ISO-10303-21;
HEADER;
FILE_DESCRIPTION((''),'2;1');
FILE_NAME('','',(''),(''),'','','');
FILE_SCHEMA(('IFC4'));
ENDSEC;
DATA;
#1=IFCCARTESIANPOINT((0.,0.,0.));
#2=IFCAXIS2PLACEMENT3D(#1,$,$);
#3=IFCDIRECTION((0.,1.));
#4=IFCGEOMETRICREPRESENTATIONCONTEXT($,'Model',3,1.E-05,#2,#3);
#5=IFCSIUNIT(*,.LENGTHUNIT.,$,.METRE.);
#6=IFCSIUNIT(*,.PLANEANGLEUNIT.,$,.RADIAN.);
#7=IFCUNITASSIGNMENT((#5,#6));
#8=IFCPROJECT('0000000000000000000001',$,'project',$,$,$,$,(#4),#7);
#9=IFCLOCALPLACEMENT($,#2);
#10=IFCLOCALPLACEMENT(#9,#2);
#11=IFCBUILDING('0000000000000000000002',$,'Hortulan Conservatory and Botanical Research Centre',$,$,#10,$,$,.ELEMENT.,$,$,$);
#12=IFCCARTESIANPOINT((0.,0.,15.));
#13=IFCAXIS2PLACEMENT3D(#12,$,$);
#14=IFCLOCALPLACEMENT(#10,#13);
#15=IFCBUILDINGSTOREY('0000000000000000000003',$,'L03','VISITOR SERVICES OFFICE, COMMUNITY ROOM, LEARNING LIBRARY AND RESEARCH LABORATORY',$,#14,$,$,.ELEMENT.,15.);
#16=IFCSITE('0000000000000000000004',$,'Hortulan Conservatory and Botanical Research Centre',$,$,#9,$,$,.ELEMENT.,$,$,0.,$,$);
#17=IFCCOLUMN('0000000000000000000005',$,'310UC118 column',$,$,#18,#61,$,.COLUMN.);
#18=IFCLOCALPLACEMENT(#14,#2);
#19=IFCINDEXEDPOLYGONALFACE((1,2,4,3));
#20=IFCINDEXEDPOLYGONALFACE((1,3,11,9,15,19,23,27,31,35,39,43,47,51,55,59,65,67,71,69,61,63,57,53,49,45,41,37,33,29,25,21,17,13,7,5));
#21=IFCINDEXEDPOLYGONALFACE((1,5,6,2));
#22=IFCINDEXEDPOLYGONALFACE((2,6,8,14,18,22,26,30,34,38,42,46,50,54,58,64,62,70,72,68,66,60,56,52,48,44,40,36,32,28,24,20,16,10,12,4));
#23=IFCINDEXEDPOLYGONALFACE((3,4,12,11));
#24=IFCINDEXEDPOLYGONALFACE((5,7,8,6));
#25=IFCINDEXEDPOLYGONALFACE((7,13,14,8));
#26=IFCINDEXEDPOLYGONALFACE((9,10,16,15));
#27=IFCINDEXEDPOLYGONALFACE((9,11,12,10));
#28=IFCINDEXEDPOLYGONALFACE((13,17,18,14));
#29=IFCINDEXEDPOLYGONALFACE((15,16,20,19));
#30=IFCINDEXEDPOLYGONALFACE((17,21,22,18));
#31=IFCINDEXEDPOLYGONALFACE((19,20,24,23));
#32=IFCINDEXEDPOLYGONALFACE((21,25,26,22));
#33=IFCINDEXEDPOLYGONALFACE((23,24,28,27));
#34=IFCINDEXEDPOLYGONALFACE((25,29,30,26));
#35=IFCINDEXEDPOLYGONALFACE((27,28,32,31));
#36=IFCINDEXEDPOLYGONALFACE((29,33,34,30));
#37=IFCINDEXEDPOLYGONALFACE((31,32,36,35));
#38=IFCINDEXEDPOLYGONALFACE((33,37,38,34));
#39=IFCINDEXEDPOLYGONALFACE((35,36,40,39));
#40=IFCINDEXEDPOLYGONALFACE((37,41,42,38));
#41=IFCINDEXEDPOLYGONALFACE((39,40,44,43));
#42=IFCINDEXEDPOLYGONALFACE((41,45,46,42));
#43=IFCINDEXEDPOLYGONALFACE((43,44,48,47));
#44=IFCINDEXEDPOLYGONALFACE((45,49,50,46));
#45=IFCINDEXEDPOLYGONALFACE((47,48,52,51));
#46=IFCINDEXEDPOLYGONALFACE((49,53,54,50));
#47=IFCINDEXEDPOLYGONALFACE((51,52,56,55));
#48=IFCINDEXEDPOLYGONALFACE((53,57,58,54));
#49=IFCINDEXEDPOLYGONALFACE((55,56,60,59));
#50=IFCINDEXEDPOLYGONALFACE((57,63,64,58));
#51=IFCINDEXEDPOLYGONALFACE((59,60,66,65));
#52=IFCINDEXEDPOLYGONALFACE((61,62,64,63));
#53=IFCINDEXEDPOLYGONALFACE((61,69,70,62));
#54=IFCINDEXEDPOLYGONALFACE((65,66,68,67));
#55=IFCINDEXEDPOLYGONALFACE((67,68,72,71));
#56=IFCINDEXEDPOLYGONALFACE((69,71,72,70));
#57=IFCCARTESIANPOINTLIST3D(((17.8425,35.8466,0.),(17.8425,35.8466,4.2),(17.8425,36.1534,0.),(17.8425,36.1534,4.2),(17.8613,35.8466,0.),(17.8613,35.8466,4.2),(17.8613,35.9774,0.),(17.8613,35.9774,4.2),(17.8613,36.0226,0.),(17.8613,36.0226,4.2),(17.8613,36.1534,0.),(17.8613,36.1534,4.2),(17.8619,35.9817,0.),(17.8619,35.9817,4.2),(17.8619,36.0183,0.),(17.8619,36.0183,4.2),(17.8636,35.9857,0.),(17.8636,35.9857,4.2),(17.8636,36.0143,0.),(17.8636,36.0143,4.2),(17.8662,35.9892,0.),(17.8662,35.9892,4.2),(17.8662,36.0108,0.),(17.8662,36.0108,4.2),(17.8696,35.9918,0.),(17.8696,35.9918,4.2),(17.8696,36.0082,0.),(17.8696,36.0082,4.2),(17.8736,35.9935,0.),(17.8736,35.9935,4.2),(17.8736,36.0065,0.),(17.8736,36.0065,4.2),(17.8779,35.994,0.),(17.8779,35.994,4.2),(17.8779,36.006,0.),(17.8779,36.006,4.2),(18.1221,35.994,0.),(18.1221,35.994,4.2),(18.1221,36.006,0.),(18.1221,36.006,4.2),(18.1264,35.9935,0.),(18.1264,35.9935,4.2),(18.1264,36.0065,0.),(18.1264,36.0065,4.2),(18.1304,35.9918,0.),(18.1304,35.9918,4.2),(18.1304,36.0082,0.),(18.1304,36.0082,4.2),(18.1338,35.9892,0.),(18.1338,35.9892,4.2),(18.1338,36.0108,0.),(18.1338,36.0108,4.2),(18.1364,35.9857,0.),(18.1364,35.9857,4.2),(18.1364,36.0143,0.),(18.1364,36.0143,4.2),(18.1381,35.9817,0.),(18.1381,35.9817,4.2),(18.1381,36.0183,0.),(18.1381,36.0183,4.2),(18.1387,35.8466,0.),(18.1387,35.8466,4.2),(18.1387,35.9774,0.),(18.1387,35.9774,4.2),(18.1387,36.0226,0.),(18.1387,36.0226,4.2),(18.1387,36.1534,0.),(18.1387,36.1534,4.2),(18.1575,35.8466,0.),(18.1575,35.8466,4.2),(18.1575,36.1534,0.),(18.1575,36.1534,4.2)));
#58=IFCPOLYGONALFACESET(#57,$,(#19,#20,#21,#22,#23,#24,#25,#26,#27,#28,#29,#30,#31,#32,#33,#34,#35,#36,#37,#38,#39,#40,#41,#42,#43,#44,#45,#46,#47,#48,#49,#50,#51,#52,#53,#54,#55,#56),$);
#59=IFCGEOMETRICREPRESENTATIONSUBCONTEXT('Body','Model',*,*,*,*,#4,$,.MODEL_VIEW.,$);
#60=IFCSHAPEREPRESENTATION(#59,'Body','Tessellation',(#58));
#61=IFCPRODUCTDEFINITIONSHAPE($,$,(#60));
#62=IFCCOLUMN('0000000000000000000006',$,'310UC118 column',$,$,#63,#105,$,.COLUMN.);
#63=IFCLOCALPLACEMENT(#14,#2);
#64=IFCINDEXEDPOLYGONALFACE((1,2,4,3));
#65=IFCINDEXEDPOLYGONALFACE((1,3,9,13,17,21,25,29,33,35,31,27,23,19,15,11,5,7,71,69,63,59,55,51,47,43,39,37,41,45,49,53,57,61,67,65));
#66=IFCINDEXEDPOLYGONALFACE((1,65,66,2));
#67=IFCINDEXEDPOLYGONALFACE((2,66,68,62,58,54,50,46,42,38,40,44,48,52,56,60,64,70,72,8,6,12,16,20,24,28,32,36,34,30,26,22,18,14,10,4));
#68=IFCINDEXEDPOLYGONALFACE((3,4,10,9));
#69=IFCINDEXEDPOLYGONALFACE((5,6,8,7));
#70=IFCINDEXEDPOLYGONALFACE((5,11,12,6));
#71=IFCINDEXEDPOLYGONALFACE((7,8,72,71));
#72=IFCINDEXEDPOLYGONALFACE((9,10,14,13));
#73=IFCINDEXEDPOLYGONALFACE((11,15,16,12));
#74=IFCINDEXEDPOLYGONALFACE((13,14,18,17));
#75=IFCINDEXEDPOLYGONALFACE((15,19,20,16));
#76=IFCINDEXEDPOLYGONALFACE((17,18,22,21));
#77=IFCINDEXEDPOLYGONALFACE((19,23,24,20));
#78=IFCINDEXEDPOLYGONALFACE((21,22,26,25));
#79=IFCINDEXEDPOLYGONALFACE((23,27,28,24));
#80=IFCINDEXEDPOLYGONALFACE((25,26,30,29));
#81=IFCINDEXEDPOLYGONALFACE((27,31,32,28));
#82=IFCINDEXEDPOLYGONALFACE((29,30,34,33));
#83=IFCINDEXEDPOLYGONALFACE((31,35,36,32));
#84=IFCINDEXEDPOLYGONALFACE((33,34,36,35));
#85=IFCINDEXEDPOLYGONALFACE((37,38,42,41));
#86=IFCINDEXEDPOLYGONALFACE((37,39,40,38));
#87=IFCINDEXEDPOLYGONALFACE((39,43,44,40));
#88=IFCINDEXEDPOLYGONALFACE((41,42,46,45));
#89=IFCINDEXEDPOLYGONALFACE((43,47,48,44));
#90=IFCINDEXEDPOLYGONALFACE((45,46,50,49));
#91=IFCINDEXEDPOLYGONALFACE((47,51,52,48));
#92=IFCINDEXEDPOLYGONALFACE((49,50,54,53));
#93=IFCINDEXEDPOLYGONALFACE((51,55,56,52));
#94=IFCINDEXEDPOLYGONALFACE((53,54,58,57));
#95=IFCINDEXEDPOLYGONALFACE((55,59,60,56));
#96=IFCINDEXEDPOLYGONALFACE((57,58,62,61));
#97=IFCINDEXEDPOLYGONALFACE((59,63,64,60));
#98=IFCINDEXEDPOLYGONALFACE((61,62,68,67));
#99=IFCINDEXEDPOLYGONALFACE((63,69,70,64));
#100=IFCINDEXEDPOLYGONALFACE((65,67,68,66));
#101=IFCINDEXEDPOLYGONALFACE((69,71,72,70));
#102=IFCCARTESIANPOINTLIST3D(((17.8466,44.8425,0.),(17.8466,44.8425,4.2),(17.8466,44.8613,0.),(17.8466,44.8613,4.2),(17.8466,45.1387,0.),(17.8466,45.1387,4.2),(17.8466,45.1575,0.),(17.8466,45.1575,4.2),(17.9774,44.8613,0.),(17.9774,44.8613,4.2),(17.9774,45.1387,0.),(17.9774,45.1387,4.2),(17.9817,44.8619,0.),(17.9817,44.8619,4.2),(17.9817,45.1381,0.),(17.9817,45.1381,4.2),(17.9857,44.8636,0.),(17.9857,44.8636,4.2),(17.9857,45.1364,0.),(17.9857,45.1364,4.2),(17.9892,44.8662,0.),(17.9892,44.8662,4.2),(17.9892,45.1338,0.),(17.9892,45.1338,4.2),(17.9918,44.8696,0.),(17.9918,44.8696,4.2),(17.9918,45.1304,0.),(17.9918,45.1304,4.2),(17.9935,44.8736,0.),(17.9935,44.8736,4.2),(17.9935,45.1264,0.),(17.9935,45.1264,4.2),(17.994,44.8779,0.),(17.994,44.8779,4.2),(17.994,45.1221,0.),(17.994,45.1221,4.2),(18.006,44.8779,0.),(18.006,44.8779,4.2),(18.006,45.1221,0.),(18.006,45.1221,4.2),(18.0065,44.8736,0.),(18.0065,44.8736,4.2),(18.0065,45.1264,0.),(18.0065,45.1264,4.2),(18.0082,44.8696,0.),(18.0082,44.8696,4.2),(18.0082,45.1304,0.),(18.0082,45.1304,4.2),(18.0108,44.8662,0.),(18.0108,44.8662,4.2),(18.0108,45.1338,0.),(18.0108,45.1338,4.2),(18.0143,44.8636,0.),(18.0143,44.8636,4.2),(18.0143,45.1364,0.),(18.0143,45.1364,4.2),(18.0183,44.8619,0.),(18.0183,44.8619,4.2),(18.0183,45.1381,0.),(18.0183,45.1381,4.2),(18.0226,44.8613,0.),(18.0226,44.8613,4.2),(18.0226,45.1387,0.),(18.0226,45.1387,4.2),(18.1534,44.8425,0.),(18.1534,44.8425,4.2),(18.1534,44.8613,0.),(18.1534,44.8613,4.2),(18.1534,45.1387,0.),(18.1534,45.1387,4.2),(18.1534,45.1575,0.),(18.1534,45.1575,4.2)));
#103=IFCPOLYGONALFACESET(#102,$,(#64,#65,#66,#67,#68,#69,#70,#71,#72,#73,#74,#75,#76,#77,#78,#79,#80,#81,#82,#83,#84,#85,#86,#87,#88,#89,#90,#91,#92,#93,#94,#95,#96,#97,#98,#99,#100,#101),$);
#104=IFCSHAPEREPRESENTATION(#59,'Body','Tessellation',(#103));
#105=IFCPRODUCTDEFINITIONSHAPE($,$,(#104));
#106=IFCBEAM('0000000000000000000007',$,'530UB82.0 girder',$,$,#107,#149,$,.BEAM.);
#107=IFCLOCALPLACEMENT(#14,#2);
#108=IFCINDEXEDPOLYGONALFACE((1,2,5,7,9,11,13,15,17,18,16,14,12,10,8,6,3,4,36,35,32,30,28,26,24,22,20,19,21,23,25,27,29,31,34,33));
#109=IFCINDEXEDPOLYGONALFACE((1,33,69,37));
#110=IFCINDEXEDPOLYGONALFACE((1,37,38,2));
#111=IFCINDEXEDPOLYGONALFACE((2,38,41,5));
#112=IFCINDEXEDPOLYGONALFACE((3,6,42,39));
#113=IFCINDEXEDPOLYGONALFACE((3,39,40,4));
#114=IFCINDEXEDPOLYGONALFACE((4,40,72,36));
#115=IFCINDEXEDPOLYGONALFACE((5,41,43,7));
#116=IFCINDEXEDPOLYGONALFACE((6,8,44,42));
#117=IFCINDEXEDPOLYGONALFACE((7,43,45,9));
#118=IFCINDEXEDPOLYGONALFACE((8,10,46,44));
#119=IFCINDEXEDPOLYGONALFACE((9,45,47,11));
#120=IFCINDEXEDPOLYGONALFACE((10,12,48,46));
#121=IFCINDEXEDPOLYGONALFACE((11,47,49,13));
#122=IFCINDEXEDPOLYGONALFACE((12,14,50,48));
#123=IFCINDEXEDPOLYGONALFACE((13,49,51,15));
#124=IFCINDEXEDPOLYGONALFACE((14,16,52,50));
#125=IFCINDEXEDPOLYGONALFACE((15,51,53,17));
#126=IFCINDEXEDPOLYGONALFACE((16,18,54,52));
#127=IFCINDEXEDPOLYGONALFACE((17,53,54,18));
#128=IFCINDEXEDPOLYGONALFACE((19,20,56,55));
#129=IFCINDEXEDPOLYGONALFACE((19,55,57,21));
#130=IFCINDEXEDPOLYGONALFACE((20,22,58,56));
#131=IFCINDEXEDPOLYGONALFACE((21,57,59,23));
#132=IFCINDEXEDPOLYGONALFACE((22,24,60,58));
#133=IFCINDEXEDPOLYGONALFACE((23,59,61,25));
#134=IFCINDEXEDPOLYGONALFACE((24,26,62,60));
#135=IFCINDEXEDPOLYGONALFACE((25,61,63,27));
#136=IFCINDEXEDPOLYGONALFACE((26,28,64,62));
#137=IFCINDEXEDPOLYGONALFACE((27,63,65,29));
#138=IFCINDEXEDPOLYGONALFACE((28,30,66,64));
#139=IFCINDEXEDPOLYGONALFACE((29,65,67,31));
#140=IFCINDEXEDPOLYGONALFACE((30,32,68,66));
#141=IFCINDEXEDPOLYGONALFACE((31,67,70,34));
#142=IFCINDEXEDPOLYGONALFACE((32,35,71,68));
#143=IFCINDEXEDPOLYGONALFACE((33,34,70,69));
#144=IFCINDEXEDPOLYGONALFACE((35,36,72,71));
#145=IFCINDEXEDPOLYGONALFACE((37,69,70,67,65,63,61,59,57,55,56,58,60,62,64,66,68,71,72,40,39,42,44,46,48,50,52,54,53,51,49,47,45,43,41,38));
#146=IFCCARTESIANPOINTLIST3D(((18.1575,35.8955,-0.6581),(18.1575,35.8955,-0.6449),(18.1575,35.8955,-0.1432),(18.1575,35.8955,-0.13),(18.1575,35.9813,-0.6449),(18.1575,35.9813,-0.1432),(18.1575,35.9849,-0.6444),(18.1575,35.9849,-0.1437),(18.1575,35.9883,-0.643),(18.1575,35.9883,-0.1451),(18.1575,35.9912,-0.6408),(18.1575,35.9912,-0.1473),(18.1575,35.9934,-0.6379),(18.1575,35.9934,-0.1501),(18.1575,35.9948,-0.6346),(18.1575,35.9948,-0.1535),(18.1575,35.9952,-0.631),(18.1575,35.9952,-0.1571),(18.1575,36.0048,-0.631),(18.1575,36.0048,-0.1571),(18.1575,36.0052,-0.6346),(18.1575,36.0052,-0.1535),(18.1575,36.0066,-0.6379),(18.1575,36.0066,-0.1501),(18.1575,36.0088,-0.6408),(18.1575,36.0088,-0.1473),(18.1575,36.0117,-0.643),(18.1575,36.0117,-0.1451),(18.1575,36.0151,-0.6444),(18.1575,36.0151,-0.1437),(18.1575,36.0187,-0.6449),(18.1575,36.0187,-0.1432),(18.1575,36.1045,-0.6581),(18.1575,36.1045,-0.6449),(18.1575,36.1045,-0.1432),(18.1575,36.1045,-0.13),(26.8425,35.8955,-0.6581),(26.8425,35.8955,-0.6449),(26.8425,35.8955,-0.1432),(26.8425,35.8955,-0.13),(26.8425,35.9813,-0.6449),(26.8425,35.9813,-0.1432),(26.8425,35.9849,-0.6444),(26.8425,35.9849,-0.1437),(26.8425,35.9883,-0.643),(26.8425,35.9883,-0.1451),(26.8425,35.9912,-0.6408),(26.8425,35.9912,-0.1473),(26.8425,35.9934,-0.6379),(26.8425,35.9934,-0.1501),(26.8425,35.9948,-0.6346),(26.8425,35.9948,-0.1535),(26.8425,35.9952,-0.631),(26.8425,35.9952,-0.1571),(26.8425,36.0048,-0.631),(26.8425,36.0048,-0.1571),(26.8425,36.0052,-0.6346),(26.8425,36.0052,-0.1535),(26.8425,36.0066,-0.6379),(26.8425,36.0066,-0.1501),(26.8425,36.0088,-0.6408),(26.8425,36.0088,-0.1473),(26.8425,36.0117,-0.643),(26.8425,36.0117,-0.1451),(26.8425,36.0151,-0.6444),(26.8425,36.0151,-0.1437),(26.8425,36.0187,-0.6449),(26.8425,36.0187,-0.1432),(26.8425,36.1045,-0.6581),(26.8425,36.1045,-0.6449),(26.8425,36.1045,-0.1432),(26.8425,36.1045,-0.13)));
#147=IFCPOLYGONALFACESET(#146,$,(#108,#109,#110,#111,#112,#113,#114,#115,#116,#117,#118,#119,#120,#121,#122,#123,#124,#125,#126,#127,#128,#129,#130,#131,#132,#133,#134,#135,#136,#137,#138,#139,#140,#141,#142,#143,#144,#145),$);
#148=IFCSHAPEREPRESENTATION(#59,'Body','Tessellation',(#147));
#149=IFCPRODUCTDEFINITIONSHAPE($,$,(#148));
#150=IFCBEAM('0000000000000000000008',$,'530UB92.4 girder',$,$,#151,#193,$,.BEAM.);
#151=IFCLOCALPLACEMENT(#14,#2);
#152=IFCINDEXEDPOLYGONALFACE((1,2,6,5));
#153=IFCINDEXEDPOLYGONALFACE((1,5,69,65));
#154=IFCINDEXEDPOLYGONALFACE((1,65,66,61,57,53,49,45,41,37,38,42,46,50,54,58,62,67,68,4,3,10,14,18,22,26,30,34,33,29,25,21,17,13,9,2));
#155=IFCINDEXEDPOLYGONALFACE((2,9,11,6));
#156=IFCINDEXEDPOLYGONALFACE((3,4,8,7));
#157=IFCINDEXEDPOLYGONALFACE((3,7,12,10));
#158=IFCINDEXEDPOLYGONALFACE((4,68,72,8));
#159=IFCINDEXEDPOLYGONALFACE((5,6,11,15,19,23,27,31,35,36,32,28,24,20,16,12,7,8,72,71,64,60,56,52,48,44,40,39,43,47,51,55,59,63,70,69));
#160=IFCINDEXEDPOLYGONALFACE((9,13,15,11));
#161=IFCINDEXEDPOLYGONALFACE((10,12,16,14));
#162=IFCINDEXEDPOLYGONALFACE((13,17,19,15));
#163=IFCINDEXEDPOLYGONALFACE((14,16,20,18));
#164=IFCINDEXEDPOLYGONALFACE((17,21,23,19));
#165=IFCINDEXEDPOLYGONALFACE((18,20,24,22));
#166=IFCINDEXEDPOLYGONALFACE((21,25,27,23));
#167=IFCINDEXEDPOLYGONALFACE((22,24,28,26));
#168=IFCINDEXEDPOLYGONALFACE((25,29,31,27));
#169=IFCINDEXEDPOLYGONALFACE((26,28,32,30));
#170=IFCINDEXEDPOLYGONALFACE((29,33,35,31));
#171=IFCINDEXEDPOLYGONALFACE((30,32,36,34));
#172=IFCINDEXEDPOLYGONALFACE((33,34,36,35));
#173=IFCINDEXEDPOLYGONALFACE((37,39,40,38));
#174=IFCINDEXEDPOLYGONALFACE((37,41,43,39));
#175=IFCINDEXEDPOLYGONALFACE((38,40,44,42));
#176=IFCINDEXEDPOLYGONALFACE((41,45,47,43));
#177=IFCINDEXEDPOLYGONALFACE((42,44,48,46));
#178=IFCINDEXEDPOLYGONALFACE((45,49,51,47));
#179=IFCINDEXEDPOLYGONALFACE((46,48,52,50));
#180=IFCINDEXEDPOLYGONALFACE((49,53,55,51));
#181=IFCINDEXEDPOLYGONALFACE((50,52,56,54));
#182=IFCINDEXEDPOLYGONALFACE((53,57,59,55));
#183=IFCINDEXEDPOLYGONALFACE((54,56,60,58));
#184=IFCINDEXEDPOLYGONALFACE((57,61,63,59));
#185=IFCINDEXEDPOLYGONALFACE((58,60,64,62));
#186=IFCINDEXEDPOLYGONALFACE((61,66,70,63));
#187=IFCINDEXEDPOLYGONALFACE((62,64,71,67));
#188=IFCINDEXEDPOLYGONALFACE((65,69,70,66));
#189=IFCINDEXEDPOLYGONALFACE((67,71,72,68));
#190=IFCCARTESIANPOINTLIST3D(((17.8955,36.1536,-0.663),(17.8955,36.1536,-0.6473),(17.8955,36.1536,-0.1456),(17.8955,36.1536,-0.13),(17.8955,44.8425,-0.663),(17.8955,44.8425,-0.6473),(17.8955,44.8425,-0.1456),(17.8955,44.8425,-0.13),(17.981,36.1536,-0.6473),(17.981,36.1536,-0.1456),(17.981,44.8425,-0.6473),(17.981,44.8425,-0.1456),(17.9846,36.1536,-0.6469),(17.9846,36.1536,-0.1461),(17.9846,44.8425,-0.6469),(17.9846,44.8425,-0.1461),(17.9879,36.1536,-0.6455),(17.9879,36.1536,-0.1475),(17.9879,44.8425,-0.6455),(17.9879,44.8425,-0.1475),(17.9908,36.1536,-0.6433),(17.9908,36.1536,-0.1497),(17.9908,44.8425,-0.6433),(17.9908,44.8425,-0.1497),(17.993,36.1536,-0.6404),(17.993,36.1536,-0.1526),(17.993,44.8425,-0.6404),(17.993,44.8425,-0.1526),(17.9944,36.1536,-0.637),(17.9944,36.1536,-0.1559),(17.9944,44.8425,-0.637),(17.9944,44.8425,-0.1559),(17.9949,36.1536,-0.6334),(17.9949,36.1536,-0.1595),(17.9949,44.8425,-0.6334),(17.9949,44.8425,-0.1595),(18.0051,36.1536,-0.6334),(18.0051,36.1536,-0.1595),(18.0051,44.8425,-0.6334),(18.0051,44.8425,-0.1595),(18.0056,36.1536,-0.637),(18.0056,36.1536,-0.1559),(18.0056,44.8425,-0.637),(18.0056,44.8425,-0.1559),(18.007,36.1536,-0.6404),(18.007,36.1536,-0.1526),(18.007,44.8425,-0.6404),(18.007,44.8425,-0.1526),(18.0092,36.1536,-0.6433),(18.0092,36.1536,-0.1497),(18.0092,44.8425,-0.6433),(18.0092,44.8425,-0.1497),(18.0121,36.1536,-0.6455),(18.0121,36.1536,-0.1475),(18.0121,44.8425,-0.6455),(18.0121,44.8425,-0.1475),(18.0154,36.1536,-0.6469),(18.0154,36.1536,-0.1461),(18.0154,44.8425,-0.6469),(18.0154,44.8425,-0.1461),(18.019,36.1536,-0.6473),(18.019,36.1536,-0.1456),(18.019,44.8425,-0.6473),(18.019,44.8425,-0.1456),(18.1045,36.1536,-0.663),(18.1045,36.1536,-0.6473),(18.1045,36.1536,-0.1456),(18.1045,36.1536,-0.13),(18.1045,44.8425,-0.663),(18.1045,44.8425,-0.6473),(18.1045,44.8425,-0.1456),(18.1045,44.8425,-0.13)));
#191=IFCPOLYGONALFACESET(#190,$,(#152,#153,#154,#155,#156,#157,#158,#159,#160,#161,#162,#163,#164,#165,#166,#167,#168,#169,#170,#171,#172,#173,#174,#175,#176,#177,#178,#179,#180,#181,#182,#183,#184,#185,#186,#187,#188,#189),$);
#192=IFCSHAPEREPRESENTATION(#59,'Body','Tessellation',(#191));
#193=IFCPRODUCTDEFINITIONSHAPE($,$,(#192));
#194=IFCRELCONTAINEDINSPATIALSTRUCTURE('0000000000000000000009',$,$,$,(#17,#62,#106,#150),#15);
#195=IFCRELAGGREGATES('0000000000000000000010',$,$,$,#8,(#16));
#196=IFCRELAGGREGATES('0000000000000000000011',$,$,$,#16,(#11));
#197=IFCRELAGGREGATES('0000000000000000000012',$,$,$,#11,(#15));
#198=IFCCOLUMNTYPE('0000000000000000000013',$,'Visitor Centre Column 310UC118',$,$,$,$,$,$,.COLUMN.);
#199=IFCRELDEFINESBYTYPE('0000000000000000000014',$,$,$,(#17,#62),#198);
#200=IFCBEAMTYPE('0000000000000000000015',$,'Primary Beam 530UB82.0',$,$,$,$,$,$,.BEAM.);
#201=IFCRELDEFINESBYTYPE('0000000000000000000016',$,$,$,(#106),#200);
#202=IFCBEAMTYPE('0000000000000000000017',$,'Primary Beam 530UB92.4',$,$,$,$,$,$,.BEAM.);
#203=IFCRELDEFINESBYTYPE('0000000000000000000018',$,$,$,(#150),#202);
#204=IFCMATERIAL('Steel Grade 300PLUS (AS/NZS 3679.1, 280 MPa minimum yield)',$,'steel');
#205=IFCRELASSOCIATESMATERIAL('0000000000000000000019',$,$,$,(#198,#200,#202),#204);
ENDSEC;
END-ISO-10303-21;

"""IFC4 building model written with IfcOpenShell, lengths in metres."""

from ifc_helpers import new_model, si_unit, direction, frame, origin, origin_2d, place, context, subcontext, project, spatial, i_section, extrude, material, material_profile, profile_set, type_object, element, save


model = new_model("IFC4")

# Units and contexts
model_context = context("Model", 3, precision=1e-05, world=origin(), true_north=direction((0.0, 1.0)))
body_context = subcontext(model_context, "Body", "Model", "MODEL_VIEW")
ifc_project = project(units=[si_unit("LENGTHUNIT", "METRE"), si_unit("PLANEANGLEUNIT", "RADIAN")], contexts=[model_context])

# Site, building, storey
site_placement = place(None, origin())
site = spatial("IfcSite", under=ifc_project, at=site_placement, Name="Hortulan Conservatory and Botanical Research Centre", CompositionType="ELEMENT", RefElevation=0.0)
building_placement = place(site_placement, origin())
building = spatial("IfcBuilding", under=site, at=building_placement, Name="Hortulan Conservatory and Botanical Research Centre", CompositionType="ELEMENT")
storey_placement = place(building_placement, frame((0.0, 0.0, 15.0)))
storey = spatial("IfcBuildingStorey", under=building, at=storey_placement, Name="L03", Description="VISITOR SERVICES OFFICE, COMMUNITY ROOM, LEARNING LIBRARY AND RESEARCH LABORATORY", CompositionType="ELEMENT", Elevation=15.0)

# Columns
ifc_material_1 = material(Name="Steel Grade 300PLUS (AS/NZS 3679.1, 280 MPa minimum yield)", Category="steel")
ifc_material_profile_1 = material_profile(ifc_material_1, i_section(OverallWidth=0.3069, OverallDepth=0.3149, WebThickness=0.012, FlangeThickness=0.0188, FilletRadius=0.0166, at=origin_2d()), Name="310UC118")
ifc_profile_set_1 = profile_set([ifc_material_profile_1], Name="Steel Grade 300PLUS (AS/NZS 3679.1, 280 MPa minimum yield)")
column_type = type_object("IfcColumnType", Name="Visitor Centre Column 310UC118", PredefinedType="COLUMN", material=ifc_profile_set_1)
for number, where, z_axis, x_axis, name in (
    (1, (18.0, 36.0, 0.0), (0.0, 0.0, 1.0), (0.0, 1.0, 0.0), "310UC118 column"),
    (2, (18.0, 45.0, 0.0), (0.0, 0.0, 1.0), (1.0, 0.0, 0.0), "310UC118 column"),
):
    element("IfcColumn", number, at=place(storey_placement, frame(where, z_axis=z_axis, x_axis=x_axis)), inside=storey, type_object=column_type, Name=name, PredefinedType="COLUMN", context=body_context, shape_type="SweptSolid", body=[
        extrude(i_section(OverallWidth=0.3069, OverallDepth=0.3149, WebThickness=0.012, FlangeThickness=0.0188, FilletRadius=0.0166, at=origin_2d()), origin(), (0.0, 0.0, 1.0), 4.2),
    ])

# Beams
ifc_material_profile_2 = material_profile(ifc_material_1, i_section(OverallWidth=0.209, OverallDepth=0.5281, WebThickness=0.0095, FlangeThickness=0.0132, FilletRadius=0.0139, at=origin_2d()), Name="530UB82.0")
ifc_profile_set_2 = profile_set([ifc_material_profile_2], Name="Steel Grade 300PLUS (AS/NZS 3679.1, 280 MPa minimum yield)")
beam_type_1 = type_object("IfcBeamType", Name="Primary Beam 530UB82.0", PredefinedType="BEAM", material=ifc_profile_set_2)
beam_1_placement = place(storey_placement, frame((18.1575, 36.0, -0.394), z_axis=(1.0, 0.0, 0.0), x_axis=(0.0, 1.0, 0.0)))
element("IfcBeam", 3, at=beam_1_placement, inside=storey, type_object=beam_type_1, Name="530UB82.0 girder", PredefinedType="BEAM", context=body_context, shape_type="SweptSolid", body=[
    extrude(i_section(OverallWidth=0.209, OverallDepth=0.5281, WebThickness=0.0095, FlangeThickness=0.0132, FilletRadius=0.0139, at=origin_2d()), origin(), (0.0, 0.0, 1.0), 8.6851),
])
ifc_material_profile_3 = material_profile(ifc_material_1, i_section(OverallWidth=0.209, OverallDepth=0.533, WebThickness=0.0103, FlangeThickness=0.0156, FilletRadius=0.0139, at=origin_2d()), Name="530UB92.4")
ifc_profile_set_3 = profile_set([ifc_material_profile_3], Name="Steel Grade 300PLUS (AS/NZS 3679.1, 280 MPa minimum yield)")
beam_type_2 = type_object("IfcBeamType", Name="Primary Beam 530UB92.4", PredefinedType="BEAM", material=ifc_profile_set_3)
beam_2_placement = place(storey_placement, frame((18.0, 36.1536, -0.3965), z_axis=(0.0, 1.0, 0.0), x_axis=(-1.0, 0.0, 0.0)))
element("IfcBeam", 4, at=beam_2_placement, inside=storey, type_object=beam_type_2, Name="530UB92.4 girder", PredefinedType="BEAM", context=body_context, shape_type="SweptSolid", body=[
    extrude(i_section(OverallWidth=0.209, OverallDepth=0.533, WebThickness=0.0103, FlangeThickness=0.0156, FilletRadius=0.0139, at=origin_2d()), origin(), (0.0, 0.0, 1.0), 8.689),
])

save(model, "model.ifc")
